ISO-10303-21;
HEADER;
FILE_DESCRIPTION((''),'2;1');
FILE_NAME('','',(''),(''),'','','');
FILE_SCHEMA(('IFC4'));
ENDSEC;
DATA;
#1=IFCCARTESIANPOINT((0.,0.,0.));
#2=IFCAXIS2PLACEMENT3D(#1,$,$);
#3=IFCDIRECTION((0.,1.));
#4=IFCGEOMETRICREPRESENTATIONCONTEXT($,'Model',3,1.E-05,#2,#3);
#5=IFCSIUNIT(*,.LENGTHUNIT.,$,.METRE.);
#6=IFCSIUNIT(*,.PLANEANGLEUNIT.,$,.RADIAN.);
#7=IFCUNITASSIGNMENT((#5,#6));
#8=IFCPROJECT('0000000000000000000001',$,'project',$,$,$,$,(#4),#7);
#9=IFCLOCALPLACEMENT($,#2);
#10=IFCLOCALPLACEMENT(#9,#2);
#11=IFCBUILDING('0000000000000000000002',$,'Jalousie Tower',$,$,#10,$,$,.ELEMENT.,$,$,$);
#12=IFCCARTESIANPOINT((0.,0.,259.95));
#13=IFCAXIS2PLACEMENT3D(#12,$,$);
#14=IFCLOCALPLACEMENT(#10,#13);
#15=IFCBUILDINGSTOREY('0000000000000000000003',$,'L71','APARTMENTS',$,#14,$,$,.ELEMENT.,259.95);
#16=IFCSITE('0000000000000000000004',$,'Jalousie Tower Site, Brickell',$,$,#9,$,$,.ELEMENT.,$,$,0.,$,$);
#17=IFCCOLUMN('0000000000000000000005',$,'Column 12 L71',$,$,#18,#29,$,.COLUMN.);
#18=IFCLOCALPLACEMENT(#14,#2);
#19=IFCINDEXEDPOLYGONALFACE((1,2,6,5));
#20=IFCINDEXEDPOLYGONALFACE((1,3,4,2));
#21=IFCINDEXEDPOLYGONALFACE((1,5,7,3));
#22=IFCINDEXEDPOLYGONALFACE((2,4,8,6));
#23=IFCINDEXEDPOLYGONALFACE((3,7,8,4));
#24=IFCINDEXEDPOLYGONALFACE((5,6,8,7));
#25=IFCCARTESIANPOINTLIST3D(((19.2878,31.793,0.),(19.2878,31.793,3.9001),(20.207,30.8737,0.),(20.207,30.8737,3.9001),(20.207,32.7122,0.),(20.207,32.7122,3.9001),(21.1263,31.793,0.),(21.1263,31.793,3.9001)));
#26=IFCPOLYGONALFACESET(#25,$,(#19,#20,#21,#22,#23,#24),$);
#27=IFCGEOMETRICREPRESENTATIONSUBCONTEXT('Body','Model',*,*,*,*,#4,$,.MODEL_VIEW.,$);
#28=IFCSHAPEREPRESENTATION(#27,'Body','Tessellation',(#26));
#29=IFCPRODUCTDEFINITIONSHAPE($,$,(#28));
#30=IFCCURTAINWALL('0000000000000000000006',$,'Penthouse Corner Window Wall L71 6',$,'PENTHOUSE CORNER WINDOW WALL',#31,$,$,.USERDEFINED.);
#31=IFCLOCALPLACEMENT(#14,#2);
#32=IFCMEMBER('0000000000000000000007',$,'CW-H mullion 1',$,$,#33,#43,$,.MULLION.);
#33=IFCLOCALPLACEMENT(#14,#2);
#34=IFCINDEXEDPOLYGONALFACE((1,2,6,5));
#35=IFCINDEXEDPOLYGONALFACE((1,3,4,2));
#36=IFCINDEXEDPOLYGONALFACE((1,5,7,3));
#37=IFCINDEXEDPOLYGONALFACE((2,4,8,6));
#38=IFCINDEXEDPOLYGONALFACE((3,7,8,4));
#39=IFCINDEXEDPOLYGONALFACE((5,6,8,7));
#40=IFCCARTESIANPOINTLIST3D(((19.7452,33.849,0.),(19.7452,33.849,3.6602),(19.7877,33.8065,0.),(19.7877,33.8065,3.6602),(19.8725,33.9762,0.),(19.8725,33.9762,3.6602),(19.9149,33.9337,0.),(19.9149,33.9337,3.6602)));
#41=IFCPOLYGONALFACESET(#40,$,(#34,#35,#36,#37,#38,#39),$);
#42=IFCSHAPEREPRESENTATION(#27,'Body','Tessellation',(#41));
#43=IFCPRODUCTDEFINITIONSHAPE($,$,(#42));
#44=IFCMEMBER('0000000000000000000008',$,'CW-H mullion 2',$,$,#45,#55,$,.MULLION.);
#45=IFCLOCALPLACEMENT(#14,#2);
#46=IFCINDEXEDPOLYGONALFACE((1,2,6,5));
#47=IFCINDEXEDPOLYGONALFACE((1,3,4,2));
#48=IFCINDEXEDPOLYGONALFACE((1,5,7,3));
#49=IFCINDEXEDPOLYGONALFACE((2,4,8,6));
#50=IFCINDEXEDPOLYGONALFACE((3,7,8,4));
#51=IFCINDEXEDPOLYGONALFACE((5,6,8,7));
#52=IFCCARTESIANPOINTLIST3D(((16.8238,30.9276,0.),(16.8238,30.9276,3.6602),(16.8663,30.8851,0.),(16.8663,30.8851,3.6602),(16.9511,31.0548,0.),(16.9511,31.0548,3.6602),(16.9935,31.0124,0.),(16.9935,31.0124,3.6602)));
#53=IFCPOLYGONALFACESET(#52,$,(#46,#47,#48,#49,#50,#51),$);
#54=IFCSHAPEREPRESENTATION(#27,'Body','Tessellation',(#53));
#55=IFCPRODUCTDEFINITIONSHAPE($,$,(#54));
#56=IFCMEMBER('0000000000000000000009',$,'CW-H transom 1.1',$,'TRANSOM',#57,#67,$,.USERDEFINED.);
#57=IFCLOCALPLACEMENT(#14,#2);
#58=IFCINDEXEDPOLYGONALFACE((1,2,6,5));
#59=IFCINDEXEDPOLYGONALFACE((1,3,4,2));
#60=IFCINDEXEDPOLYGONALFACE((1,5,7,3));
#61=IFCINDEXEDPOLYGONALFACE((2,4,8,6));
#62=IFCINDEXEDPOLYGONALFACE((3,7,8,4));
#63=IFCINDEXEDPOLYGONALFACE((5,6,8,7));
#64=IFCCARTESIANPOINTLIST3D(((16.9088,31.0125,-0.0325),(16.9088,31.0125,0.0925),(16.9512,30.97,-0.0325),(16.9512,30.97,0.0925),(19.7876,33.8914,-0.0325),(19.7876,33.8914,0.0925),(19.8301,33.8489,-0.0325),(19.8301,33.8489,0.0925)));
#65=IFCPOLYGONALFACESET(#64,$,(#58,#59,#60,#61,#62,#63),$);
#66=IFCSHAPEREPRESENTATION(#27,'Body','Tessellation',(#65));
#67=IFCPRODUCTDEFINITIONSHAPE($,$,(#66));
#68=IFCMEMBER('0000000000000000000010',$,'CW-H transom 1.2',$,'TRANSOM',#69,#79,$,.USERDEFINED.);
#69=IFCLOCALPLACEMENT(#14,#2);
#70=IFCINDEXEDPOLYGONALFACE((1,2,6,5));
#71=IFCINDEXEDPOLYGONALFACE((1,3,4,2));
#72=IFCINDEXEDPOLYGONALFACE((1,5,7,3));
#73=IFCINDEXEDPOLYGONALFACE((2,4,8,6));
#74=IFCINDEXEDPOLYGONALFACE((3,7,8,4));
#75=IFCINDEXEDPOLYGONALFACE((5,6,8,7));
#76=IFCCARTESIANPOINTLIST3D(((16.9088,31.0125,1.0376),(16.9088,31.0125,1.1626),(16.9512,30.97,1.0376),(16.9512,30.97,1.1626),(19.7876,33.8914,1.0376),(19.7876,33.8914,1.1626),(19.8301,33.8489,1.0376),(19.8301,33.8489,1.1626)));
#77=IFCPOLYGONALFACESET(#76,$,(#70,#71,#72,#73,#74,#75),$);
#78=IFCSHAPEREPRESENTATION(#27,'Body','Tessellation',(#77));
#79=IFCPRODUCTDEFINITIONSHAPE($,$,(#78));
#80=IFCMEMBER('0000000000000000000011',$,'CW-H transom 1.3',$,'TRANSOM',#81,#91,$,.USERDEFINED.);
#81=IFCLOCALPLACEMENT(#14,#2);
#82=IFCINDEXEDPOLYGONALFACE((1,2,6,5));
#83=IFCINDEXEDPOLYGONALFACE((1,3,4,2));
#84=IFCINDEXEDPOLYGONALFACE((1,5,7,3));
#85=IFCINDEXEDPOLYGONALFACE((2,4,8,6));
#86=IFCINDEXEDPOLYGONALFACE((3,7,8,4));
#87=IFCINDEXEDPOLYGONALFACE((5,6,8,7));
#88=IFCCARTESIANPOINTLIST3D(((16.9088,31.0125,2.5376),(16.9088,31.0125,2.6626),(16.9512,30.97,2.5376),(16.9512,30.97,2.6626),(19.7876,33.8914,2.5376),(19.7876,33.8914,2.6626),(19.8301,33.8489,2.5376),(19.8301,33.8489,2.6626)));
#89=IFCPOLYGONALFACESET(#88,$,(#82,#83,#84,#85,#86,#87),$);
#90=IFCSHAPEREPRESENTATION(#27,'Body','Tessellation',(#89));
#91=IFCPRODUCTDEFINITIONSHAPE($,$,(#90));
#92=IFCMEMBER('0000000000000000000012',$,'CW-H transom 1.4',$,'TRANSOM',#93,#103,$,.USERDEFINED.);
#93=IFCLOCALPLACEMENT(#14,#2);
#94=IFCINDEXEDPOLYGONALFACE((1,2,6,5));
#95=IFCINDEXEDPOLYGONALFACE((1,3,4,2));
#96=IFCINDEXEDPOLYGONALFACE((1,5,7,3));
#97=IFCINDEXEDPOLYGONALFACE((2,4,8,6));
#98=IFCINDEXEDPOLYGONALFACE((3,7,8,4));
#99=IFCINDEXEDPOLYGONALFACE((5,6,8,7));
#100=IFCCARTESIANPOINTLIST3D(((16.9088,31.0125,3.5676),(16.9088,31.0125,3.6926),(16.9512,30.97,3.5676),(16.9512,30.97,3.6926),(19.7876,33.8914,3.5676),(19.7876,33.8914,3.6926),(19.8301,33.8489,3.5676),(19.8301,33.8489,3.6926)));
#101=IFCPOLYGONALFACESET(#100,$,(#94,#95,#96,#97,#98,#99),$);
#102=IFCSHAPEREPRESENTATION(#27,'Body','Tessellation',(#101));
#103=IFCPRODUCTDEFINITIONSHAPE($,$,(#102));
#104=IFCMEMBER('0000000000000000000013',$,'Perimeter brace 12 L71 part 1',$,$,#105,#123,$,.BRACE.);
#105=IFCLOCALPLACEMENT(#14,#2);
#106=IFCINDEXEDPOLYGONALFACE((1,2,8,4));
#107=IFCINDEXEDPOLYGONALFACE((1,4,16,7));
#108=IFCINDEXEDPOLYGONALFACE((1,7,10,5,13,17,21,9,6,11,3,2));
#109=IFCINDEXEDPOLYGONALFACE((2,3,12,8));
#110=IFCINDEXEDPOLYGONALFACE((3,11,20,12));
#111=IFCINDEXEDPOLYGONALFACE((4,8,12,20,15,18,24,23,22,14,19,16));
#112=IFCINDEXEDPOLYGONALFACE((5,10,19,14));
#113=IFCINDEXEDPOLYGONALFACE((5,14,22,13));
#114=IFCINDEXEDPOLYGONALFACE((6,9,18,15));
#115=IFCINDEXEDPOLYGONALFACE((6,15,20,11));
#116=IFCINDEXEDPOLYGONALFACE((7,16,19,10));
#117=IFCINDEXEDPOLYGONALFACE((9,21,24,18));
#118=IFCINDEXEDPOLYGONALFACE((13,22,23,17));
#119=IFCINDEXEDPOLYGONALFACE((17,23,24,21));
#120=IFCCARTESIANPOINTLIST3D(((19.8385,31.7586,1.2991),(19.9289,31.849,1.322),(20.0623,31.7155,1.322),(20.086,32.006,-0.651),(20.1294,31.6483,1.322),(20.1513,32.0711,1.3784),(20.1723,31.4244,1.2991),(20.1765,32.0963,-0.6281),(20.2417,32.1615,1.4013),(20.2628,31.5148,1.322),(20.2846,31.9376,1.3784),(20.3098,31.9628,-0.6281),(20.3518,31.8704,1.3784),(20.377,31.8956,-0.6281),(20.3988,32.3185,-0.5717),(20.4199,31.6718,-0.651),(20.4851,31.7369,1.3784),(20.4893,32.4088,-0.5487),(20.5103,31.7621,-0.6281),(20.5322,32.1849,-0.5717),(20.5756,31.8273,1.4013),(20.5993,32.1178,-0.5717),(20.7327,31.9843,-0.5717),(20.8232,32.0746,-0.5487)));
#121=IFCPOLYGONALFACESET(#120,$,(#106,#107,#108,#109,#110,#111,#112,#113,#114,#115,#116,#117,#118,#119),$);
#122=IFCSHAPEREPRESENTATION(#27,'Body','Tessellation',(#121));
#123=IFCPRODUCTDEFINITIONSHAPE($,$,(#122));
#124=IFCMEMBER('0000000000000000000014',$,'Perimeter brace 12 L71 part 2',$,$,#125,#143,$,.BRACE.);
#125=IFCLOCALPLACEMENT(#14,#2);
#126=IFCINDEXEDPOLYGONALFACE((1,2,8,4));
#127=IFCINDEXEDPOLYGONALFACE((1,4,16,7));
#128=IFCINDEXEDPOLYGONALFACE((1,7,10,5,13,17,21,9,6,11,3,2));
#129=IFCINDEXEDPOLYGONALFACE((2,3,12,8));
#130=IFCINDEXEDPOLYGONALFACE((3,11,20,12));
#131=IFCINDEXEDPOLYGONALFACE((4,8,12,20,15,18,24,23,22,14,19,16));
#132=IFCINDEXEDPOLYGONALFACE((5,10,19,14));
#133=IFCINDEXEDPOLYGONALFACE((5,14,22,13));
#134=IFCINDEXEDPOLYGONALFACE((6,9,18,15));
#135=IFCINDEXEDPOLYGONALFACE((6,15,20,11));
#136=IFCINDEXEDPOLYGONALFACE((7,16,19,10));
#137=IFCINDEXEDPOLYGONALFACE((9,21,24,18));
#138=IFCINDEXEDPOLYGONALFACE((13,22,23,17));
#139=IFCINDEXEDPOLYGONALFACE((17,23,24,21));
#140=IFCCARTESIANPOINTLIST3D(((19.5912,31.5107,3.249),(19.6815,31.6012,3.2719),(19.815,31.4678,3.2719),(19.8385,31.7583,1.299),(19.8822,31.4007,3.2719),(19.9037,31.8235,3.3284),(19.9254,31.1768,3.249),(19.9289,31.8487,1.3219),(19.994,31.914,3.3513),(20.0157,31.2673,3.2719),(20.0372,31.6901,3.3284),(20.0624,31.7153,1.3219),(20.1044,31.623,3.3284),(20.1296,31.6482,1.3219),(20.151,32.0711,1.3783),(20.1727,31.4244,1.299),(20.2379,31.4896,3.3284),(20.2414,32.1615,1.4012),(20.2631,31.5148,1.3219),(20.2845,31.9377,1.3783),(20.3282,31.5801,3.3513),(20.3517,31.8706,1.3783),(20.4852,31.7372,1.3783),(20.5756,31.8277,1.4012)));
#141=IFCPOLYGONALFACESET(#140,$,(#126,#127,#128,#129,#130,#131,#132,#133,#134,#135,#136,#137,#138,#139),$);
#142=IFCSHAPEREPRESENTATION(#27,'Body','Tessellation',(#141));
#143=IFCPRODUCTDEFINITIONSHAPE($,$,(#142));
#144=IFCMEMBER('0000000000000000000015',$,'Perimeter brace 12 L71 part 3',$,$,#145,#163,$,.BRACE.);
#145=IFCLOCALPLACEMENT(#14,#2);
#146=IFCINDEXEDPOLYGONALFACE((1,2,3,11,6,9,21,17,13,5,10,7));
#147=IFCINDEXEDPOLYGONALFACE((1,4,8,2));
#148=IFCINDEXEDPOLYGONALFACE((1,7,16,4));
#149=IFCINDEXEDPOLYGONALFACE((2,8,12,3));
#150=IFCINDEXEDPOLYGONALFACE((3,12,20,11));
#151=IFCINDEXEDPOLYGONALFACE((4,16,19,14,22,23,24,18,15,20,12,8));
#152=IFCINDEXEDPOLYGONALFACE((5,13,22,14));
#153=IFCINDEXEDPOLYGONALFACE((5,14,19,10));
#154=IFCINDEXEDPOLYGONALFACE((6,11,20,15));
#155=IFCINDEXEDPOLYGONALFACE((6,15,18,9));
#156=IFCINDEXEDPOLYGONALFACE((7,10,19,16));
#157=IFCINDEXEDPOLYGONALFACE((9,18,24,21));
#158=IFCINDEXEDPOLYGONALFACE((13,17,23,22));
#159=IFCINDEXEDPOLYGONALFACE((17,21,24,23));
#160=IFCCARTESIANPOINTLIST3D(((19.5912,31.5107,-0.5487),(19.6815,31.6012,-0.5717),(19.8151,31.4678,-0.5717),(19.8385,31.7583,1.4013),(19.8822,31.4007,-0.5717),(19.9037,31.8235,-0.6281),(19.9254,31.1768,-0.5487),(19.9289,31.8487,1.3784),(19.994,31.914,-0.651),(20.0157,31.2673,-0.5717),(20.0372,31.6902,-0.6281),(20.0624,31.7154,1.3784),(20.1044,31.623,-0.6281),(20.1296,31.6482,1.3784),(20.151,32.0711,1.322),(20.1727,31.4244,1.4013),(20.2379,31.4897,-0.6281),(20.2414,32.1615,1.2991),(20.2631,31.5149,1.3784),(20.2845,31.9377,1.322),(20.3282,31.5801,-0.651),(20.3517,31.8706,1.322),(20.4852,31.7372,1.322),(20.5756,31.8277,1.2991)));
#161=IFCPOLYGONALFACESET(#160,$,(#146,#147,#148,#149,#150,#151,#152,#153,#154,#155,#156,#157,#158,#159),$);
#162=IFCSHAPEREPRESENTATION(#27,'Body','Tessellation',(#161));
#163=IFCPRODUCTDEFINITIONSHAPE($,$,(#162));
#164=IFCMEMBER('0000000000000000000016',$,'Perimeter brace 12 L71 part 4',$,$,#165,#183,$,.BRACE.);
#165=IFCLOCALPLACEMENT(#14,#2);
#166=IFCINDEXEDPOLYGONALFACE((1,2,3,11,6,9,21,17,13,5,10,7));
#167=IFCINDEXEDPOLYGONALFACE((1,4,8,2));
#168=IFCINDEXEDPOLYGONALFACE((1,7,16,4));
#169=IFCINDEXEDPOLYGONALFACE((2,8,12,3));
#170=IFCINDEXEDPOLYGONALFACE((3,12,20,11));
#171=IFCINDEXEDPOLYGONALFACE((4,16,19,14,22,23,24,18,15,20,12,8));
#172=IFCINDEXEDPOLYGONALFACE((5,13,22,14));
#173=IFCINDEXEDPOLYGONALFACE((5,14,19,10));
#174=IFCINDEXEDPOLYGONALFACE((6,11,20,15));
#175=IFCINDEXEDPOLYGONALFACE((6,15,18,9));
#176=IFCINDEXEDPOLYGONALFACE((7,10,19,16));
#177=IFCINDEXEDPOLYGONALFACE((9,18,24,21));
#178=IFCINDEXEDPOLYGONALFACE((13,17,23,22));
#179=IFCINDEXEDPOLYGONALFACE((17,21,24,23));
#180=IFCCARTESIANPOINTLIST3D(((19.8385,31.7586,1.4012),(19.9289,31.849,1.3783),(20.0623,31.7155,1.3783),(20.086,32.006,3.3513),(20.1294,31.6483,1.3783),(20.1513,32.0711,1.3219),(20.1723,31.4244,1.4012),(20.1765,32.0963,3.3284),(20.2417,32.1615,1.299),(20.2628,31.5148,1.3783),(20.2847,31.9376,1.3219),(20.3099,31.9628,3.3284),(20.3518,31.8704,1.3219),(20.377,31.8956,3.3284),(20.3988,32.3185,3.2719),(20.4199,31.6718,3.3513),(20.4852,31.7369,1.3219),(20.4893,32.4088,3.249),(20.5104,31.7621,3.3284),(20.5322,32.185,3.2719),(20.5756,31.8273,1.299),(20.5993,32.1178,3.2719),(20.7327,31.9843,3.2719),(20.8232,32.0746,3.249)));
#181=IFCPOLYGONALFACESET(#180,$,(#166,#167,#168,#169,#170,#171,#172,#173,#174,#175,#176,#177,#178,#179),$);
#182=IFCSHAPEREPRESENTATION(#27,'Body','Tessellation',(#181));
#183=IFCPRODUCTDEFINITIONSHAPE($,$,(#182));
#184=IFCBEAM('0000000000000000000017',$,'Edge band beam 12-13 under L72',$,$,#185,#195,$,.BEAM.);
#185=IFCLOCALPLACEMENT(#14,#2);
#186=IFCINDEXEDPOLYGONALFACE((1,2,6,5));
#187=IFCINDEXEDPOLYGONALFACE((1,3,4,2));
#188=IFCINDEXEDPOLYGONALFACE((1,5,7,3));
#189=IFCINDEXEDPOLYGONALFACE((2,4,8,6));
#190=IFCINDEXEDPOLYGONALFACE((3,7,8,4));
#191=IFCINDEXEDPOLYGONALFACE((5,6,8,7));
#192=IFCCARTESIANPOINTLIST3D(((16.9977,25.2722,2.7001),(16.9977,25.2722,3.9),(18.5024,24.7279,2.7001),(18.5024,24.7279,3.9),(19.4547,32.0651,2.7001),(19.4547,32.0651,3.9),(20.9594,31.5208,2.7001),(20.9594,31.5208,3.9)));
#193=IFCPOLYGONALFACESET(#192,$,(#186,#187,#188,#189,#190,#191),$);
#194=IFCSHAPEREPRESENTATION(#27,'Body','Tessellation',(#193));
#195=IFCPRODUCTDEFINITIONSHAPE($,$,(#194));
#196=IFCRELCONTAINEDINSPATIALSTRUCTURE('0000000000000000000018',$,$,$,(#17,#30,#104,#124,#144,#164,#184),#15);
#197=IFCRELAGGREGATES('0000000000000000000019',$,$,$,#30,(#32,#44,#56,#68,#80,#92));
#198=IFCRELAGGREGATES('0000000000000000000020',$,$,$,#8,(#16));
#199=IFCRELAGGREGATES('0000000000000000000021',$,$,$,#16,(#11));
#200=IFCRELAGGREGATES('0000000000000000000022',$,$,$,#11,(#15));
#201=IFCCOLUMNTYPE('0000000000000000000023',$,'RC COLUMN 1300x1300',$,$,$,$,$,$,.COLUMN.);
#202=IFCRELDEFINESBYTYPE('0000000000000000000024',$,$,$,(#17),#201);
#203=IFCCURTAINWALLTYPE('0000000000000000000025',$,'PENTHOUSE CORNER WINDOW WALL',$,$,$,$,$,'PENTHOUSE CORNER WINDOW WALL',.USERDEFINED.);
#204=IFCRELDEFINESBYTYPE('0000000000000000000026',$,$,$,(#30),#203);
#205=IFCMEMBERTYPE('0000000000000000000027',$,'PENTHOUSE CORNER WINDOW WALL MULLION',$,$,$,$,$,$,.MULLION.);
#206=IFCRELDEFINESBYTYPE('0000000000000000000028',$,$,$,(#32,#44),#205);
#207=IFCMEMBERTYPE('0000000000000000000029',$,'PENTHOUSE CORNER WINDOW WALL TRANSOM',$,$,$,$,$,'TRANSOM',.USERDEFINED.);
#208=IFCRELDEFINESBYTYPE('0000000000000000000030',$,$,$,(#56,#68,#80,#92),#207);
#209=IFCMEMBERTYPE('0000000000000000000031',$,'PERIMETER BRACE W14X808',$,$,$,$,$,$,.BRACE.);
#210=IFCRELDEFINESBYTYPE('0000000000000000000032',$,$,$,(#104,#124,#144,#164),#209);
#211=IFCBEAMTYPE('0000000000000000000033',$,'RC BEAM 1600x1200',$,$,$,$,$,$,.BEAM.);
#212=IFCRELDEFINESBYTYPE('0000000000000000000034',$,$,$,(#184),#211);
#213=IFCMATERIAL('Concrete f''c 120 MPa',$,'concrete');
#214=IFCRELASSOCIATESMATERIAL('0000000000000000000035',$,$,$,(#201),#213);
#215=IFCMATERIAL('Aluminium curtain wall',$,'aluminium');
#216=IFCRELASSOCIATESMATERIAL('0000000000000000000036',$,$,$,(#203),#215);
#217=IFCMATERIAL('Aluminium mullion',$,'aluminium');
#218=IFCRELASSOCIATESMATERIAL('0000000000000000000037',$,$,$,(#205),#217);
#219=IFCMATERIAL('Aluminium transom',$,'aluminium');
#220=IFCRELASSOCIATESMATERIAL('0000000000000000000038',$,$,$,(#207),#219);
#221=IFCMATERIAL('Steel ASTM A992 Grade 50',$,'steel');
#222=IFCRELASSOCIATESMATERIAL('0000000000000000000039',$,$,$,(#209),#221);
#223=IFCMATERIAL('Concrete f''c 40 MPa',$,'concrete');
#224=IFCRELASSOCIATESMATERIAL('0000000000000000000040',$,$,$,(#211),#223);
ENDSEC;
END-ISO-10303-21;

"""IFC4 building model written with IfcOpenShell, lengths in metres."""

from ifc_helpers import new_model, si_unit, direction, frame, origin, origin_2d, place, context, subcontext, project, spatial, rectangle, i_section, extrude, material, material_profile, profile_set, type_object, element, aggregate, save


model = new_model("IFC4")

# Units and contexts
model_context = context("Model", 3, precision=1e-05, world=origin(), true_north=direction((0.0, 1.0)))
body_context = subcontext(model_context, "Body", "Model", "MODEL_VIEW")
ifc_project = project(units=[si_unit("LENGTHUNIT", "METRE"), si_unit("PLANEANGLEUNIT", "RADIAN")], contexts=[model_context])

# Site, building, storey
site_placement = place(None, origin())
site = spatial("IfcSite", under=ifc_project, at=site_placement, Name="Jalousie Tower Site, Brickell", CompositionType="ELEMENT", RefElevation=0.0)
building_placement = place(site_placement, origin())
building = spatial("IfcBuilding", under=site, at=building_placement, Name="Jalousie Tower", CompositionType="ELEMENT")
storey_placement = place(building_placement, frame((0.0, 0.0, 259.95)))
storey = spatial("IfcBuildingStorey", under=building, at=storey_placement, Name="L71", Description="APARTMENTS", CompositionType="ELEMENT", Elevation=259.95)

# Column
ifc_material_1 = material(Name="Concrete f'c 120 MPa", Category="concrete")
ifc_material_profile_1 = material_profile(ifc_material_1, rectangle(XDim=1.3, YDim=1.3, at=origin_2d()), Name="RC 1300x1300")
ifc_profile_set_1 = profile_set([ifc_material_profile_1], Name="Concrete f'c 120 MPa")
column_type = type_object("IfcColumnType", Name="RC COLUMN 1300x1300", PredefinedType="COLUMN", material=ifc_profile_set_1)
column_placement = place(storey_placement, frame((20.207, 31.793, 0.0), z_axis=(0.0, 0.0, 1.0), x_axis=(0.707107, 0.707107, 0.0)))
element("IfcColumn", 1, at=column_placement, inside=storey, type_object=column_type, Name="Column 12 L71", PredefinedType="COLUMN", context=body_context, shape_type="SweptSolid", body=[
    extrude(rectangle(XDim=1.3, YDim=1.3, at=origin_2d()), origin(), (0.0, 0.0, 1.0), 3.9001),
])

# Curtain wall, members
ifc_material_2 = material(Name="Aluminium curtain wall", Category="aluminium")
curtain_wall_type_1 = type_object("IfcCurtainWallType", Name="PENTHOUSE CORNER WINDOW WALL", ElementType="PENTHOUSE CORNER WINDOW WALL", PredefinedType="USERDEFINED", material=ifc_material_2)
curtain_wall_1_placement = place(storey_placement, origin())
curtain_wall_1 = element("IfcCurtainWall", 2, at=curtain_wall_1_placement, inside=storey, type_object=curtain_wall_type_1, Name="Penthouse Corner Window Wall L71 6", ObjectType="PENTHOUSE CORNER WINDOW WALL", PredefinedType="USERDEFINED")
ifc_material_3 = material(Name="Aluminium mullion", Category="aluminium")
ifc_material_profile_2 = material_profile(ifc_material_3, rectangle(XDim=0.0601, YDim=0.1799, at=origin_2d()), Name="MULLION 60x180")
ifc_profile_set_2 = profile_set([ifc_material_profile_2], Name="Aluminium mullion")
member_type_1 = type_object("IfcMemberType", Name="PENTHOUSE CORNER WINDOW WALL MULLION", PredefinedType="MULLION", material=ifc_profile_set_2)
member_1_placement = place(storey_placement, frame((19.8301, 33.8914, 0.0), z_axis=(0.0, 0.0, 1.0), x_axis=(0.707107, -0.707107, 0.0)))
member_1 = element("IfcMember", 3, at=member_1_placement, type_object=member_type_1, Name="CW-H mullion 1", PredefinedType="MULLION", context=body_context, shape_type="SweptSolid", body=[
    extrude(rectangle(XDim=0.0601, YDim=0.1799, at=origin_2d()), origin(), (0.0, 0.0, 1.0), 3.6602),
])
member_2_placement = place(storey_placement, frame((16.9087, 30.97, 0.0), z_axis=(0.0, 0.0, 1.0), x_axis=(0.707107, -0.707107, 0.0)))
member_2 = element("IfcMember", 4, at=member_2_placement, type_object=member_type_1, Name="CW-H mullion 2", PredefinedType="MULLION", context=body_context, shape_type="SweptSolid", body=[
    extrude(rectangle(XDim=0.0601, YDim=0.1799, at=origin_2d()), origin(), (0.0, 0.0, 1.0), 3.6602),
])
ifc_material_4 = material(Name="Aluminium transom", Category="aluminium")
ifc_material_profile_3 = material_profile(ifc_material_4, rectangle(XDim=0.0601, YDim=0.125, at=origin_2d()), Name="TRANSOM 60x125")
ifc_profile_set_3 = profile_set([ifc_material_profile_3], Name="Aluminium transom")
member_type_2 = type_object("IfcMemberType", Name="PENTHOUSE CORNER WINDOW WALL TRANSOM", ElementType="TRANSOM", PredefinedType="USERDEFINED", material=ifc_profile_set_3)
member_3_placement = place(storey_placement, frame((19.8088, 33.8701, 0.03), z_axis=(-0.707107, -0.707107, 0.0), x_axis=(0.707107, -0.707107, 0.0)))
member_3 = element("IfcMember", 5, at=member_3_placement, type_object=member_type_2, Name="CW-H transom 1.1", ObjectType="TRANSOM", PredefinedType="USERDEFINED", context=body_context, shape_type="SweptSolid", body=[
    extrude(rectangle(XDim=0.0601, YDim=0.125, at=origin_2d()), origin(), (0.0, 0.0, 1.0), 4.0713),
])
member_4_placement = place(storey_placement, frame((19.8088, 33.8701, 1.1001), z_axis=(-0.707107, -0.707107, 0.0), x_axis=(0.707107, -0.707107, 0.0)))
member_4 = element("IfcMember", 6, at=member_4_placement, type_object=member_type_2, Name="CW-H transom 1.2", ObjectType="TRANSOM", PredefinedType="USERDEFINED", context=body_context, shape_type="SweptSolid", body=[
    extrude(rectangle(XDim=0.0601, YDim=0.125, at=origin_2d()), origin(), (0.0, 0.0, 1.0), 4.0713),
])
member_5_placement = place(storey_placement, frame((19.8088, 33.8701, 2.6001), z_axis=(-0.707107, -0.707107, 0.0), x_axis=(0.707107, -0.707107, 0.0)))
member_5 = element("IfcMember", 7, at=member_5_placement, type_object=member_type_2, Name="CW-H transom 1.3", ObjectType="TRANSOM", PredefinedType="USERDEFINED", context=body_context, shape_type="SweptSolid", body=[
    extrude(rectangle(XDim=0.0601, YDim=0.125, at=origin_2d()), origin(), (0.0, 0.0, 1.0), 4.0713),
])
member_6_placement = place(storey_placement, frame((19.8088, 33.8701, 3.6301), z_axis=(-0.707107, -0.707107, 0.0), x_axis=(0.707107, -0.707107, 0.0)))
member_6 = element("IfcMember", 8, at=member_6_placement, type_object=member_type_2, Name="CW-H transom 1.4", ObjectType="TRANSOM", PredefinedType="USERDEFINED", context=body_context, shape_type="SweptSolid", body=[
    extrude(rectangle(XDim=0.0601, YDim=0.125, at=origin_2d()), origin(), (0.0, 0.0, 1.0), 4.0713),
])

# Members
ifc_material_5 = material(Name="Steel ASTM A992 Grade 50", Category="steel")
ifc_material_profile_4 = material_profile(ifc_material_5, i_section(OverallWidth=0.4724, OverallDepth=0.5791, WebThickness=0.095, FlangeThickness=0.1299, at=origin_2d()), Name="W14X808")
ifc_profile_set_4 = profile_set([ifc_material_profile_4], Name="Steel ASTM A992 Grade 50")
member_type_3 = type_object("IfcMemberType", Name="PERIMETER BRACE W14X808", PredefinedType="BRACE", material=ifc_profile_set_4)
for number, where, z_axis, x_axis, name in (
    (9, (20.4546, 32.0403, -0.5999), (-0.12496, -0.124837, 0.984277), (0.706758, -0.707456, 0.0), "Perimeter brace 12 L71 part 1"),
    (10, (20.207, 31.793, 1.3501), (-0.124837, -0.12496, 0.984277), (0.707456, -0.706758, 0.0), "Perimeter brace 12 L71 part 2"),
    (11, (19.9597, 31.5454, -0.5999), (0.124837, 0.12496, 0.984277), (-0.707456, 0.706758, 0.0), "Perimeter brace 12 L71 part 3"),
    (12, (20.207, 31.793, 1.3501), (0.12496, 0.124837, 0.984277), (-0.706758, 0.707456, 0.0), "Perimeter brace 12 L71 part 4"),
):
    element("IfcMember", number, at=place(storey_placement, frame(where, z_axis=z_axis, x_axis=x_axis)), inside=storey, type_object=member_type_3, Name=name, PredefinedType="BRACE", context=body_context, shape_type="SweptSolid", body=[
        extrude(i_section(OverallWidth=0.4724, OverallDepth=0.5791, WebThickness=0.095, FlangeThickness=0.1299, at=origin_2d()), origin(), (0.0, 0.0, 1.0), 1.9812),
    ])

# Beam
ifc_material_6 = material(Name="Concrete f'c 40 MPa", Category="concrete")
ifc_material_profile_5 = material_profile(ifc_material_6, rectangle(XDim=1.6001, YDim=1.2, at=origin_2d()), Name="RC 1600x1200")
ifc_profile_set_5 = profile_set([ifc_material_profile_5], Name="Concrete f'c 40 MPa")
beam_type = type_object("IfcBeamType", Name="RC BEAM 1600x1200", PredefinedType="BEAM", material=ifc_profile_set_5)
beam_placement = place(storey_placement, frame((20.207, 31.793, 3.3), z_axis=(-0.340136, -0.940376, 0.0), x_axis=(0.940376, -0.340136, 0.0)))
element("IfcBeam", 13, at=beam_placement, inside=storey, type_object=beam_type, Name="Edge band beam 12-13 under L72", PredefinedType="BEAM", context=body_context, shape_type="SweptSolid", body=[
    extrude(rectangle(XDim=1.6001, YDim=1.2, at=origin_2d()), origin(), (0.0, 0.0, 1.0), 7.2236),
])

aggregate(curtain_wall_1, [member_1, member_2, member_3, member_4, member_5, member_6])

save(model, "model.ifc")
